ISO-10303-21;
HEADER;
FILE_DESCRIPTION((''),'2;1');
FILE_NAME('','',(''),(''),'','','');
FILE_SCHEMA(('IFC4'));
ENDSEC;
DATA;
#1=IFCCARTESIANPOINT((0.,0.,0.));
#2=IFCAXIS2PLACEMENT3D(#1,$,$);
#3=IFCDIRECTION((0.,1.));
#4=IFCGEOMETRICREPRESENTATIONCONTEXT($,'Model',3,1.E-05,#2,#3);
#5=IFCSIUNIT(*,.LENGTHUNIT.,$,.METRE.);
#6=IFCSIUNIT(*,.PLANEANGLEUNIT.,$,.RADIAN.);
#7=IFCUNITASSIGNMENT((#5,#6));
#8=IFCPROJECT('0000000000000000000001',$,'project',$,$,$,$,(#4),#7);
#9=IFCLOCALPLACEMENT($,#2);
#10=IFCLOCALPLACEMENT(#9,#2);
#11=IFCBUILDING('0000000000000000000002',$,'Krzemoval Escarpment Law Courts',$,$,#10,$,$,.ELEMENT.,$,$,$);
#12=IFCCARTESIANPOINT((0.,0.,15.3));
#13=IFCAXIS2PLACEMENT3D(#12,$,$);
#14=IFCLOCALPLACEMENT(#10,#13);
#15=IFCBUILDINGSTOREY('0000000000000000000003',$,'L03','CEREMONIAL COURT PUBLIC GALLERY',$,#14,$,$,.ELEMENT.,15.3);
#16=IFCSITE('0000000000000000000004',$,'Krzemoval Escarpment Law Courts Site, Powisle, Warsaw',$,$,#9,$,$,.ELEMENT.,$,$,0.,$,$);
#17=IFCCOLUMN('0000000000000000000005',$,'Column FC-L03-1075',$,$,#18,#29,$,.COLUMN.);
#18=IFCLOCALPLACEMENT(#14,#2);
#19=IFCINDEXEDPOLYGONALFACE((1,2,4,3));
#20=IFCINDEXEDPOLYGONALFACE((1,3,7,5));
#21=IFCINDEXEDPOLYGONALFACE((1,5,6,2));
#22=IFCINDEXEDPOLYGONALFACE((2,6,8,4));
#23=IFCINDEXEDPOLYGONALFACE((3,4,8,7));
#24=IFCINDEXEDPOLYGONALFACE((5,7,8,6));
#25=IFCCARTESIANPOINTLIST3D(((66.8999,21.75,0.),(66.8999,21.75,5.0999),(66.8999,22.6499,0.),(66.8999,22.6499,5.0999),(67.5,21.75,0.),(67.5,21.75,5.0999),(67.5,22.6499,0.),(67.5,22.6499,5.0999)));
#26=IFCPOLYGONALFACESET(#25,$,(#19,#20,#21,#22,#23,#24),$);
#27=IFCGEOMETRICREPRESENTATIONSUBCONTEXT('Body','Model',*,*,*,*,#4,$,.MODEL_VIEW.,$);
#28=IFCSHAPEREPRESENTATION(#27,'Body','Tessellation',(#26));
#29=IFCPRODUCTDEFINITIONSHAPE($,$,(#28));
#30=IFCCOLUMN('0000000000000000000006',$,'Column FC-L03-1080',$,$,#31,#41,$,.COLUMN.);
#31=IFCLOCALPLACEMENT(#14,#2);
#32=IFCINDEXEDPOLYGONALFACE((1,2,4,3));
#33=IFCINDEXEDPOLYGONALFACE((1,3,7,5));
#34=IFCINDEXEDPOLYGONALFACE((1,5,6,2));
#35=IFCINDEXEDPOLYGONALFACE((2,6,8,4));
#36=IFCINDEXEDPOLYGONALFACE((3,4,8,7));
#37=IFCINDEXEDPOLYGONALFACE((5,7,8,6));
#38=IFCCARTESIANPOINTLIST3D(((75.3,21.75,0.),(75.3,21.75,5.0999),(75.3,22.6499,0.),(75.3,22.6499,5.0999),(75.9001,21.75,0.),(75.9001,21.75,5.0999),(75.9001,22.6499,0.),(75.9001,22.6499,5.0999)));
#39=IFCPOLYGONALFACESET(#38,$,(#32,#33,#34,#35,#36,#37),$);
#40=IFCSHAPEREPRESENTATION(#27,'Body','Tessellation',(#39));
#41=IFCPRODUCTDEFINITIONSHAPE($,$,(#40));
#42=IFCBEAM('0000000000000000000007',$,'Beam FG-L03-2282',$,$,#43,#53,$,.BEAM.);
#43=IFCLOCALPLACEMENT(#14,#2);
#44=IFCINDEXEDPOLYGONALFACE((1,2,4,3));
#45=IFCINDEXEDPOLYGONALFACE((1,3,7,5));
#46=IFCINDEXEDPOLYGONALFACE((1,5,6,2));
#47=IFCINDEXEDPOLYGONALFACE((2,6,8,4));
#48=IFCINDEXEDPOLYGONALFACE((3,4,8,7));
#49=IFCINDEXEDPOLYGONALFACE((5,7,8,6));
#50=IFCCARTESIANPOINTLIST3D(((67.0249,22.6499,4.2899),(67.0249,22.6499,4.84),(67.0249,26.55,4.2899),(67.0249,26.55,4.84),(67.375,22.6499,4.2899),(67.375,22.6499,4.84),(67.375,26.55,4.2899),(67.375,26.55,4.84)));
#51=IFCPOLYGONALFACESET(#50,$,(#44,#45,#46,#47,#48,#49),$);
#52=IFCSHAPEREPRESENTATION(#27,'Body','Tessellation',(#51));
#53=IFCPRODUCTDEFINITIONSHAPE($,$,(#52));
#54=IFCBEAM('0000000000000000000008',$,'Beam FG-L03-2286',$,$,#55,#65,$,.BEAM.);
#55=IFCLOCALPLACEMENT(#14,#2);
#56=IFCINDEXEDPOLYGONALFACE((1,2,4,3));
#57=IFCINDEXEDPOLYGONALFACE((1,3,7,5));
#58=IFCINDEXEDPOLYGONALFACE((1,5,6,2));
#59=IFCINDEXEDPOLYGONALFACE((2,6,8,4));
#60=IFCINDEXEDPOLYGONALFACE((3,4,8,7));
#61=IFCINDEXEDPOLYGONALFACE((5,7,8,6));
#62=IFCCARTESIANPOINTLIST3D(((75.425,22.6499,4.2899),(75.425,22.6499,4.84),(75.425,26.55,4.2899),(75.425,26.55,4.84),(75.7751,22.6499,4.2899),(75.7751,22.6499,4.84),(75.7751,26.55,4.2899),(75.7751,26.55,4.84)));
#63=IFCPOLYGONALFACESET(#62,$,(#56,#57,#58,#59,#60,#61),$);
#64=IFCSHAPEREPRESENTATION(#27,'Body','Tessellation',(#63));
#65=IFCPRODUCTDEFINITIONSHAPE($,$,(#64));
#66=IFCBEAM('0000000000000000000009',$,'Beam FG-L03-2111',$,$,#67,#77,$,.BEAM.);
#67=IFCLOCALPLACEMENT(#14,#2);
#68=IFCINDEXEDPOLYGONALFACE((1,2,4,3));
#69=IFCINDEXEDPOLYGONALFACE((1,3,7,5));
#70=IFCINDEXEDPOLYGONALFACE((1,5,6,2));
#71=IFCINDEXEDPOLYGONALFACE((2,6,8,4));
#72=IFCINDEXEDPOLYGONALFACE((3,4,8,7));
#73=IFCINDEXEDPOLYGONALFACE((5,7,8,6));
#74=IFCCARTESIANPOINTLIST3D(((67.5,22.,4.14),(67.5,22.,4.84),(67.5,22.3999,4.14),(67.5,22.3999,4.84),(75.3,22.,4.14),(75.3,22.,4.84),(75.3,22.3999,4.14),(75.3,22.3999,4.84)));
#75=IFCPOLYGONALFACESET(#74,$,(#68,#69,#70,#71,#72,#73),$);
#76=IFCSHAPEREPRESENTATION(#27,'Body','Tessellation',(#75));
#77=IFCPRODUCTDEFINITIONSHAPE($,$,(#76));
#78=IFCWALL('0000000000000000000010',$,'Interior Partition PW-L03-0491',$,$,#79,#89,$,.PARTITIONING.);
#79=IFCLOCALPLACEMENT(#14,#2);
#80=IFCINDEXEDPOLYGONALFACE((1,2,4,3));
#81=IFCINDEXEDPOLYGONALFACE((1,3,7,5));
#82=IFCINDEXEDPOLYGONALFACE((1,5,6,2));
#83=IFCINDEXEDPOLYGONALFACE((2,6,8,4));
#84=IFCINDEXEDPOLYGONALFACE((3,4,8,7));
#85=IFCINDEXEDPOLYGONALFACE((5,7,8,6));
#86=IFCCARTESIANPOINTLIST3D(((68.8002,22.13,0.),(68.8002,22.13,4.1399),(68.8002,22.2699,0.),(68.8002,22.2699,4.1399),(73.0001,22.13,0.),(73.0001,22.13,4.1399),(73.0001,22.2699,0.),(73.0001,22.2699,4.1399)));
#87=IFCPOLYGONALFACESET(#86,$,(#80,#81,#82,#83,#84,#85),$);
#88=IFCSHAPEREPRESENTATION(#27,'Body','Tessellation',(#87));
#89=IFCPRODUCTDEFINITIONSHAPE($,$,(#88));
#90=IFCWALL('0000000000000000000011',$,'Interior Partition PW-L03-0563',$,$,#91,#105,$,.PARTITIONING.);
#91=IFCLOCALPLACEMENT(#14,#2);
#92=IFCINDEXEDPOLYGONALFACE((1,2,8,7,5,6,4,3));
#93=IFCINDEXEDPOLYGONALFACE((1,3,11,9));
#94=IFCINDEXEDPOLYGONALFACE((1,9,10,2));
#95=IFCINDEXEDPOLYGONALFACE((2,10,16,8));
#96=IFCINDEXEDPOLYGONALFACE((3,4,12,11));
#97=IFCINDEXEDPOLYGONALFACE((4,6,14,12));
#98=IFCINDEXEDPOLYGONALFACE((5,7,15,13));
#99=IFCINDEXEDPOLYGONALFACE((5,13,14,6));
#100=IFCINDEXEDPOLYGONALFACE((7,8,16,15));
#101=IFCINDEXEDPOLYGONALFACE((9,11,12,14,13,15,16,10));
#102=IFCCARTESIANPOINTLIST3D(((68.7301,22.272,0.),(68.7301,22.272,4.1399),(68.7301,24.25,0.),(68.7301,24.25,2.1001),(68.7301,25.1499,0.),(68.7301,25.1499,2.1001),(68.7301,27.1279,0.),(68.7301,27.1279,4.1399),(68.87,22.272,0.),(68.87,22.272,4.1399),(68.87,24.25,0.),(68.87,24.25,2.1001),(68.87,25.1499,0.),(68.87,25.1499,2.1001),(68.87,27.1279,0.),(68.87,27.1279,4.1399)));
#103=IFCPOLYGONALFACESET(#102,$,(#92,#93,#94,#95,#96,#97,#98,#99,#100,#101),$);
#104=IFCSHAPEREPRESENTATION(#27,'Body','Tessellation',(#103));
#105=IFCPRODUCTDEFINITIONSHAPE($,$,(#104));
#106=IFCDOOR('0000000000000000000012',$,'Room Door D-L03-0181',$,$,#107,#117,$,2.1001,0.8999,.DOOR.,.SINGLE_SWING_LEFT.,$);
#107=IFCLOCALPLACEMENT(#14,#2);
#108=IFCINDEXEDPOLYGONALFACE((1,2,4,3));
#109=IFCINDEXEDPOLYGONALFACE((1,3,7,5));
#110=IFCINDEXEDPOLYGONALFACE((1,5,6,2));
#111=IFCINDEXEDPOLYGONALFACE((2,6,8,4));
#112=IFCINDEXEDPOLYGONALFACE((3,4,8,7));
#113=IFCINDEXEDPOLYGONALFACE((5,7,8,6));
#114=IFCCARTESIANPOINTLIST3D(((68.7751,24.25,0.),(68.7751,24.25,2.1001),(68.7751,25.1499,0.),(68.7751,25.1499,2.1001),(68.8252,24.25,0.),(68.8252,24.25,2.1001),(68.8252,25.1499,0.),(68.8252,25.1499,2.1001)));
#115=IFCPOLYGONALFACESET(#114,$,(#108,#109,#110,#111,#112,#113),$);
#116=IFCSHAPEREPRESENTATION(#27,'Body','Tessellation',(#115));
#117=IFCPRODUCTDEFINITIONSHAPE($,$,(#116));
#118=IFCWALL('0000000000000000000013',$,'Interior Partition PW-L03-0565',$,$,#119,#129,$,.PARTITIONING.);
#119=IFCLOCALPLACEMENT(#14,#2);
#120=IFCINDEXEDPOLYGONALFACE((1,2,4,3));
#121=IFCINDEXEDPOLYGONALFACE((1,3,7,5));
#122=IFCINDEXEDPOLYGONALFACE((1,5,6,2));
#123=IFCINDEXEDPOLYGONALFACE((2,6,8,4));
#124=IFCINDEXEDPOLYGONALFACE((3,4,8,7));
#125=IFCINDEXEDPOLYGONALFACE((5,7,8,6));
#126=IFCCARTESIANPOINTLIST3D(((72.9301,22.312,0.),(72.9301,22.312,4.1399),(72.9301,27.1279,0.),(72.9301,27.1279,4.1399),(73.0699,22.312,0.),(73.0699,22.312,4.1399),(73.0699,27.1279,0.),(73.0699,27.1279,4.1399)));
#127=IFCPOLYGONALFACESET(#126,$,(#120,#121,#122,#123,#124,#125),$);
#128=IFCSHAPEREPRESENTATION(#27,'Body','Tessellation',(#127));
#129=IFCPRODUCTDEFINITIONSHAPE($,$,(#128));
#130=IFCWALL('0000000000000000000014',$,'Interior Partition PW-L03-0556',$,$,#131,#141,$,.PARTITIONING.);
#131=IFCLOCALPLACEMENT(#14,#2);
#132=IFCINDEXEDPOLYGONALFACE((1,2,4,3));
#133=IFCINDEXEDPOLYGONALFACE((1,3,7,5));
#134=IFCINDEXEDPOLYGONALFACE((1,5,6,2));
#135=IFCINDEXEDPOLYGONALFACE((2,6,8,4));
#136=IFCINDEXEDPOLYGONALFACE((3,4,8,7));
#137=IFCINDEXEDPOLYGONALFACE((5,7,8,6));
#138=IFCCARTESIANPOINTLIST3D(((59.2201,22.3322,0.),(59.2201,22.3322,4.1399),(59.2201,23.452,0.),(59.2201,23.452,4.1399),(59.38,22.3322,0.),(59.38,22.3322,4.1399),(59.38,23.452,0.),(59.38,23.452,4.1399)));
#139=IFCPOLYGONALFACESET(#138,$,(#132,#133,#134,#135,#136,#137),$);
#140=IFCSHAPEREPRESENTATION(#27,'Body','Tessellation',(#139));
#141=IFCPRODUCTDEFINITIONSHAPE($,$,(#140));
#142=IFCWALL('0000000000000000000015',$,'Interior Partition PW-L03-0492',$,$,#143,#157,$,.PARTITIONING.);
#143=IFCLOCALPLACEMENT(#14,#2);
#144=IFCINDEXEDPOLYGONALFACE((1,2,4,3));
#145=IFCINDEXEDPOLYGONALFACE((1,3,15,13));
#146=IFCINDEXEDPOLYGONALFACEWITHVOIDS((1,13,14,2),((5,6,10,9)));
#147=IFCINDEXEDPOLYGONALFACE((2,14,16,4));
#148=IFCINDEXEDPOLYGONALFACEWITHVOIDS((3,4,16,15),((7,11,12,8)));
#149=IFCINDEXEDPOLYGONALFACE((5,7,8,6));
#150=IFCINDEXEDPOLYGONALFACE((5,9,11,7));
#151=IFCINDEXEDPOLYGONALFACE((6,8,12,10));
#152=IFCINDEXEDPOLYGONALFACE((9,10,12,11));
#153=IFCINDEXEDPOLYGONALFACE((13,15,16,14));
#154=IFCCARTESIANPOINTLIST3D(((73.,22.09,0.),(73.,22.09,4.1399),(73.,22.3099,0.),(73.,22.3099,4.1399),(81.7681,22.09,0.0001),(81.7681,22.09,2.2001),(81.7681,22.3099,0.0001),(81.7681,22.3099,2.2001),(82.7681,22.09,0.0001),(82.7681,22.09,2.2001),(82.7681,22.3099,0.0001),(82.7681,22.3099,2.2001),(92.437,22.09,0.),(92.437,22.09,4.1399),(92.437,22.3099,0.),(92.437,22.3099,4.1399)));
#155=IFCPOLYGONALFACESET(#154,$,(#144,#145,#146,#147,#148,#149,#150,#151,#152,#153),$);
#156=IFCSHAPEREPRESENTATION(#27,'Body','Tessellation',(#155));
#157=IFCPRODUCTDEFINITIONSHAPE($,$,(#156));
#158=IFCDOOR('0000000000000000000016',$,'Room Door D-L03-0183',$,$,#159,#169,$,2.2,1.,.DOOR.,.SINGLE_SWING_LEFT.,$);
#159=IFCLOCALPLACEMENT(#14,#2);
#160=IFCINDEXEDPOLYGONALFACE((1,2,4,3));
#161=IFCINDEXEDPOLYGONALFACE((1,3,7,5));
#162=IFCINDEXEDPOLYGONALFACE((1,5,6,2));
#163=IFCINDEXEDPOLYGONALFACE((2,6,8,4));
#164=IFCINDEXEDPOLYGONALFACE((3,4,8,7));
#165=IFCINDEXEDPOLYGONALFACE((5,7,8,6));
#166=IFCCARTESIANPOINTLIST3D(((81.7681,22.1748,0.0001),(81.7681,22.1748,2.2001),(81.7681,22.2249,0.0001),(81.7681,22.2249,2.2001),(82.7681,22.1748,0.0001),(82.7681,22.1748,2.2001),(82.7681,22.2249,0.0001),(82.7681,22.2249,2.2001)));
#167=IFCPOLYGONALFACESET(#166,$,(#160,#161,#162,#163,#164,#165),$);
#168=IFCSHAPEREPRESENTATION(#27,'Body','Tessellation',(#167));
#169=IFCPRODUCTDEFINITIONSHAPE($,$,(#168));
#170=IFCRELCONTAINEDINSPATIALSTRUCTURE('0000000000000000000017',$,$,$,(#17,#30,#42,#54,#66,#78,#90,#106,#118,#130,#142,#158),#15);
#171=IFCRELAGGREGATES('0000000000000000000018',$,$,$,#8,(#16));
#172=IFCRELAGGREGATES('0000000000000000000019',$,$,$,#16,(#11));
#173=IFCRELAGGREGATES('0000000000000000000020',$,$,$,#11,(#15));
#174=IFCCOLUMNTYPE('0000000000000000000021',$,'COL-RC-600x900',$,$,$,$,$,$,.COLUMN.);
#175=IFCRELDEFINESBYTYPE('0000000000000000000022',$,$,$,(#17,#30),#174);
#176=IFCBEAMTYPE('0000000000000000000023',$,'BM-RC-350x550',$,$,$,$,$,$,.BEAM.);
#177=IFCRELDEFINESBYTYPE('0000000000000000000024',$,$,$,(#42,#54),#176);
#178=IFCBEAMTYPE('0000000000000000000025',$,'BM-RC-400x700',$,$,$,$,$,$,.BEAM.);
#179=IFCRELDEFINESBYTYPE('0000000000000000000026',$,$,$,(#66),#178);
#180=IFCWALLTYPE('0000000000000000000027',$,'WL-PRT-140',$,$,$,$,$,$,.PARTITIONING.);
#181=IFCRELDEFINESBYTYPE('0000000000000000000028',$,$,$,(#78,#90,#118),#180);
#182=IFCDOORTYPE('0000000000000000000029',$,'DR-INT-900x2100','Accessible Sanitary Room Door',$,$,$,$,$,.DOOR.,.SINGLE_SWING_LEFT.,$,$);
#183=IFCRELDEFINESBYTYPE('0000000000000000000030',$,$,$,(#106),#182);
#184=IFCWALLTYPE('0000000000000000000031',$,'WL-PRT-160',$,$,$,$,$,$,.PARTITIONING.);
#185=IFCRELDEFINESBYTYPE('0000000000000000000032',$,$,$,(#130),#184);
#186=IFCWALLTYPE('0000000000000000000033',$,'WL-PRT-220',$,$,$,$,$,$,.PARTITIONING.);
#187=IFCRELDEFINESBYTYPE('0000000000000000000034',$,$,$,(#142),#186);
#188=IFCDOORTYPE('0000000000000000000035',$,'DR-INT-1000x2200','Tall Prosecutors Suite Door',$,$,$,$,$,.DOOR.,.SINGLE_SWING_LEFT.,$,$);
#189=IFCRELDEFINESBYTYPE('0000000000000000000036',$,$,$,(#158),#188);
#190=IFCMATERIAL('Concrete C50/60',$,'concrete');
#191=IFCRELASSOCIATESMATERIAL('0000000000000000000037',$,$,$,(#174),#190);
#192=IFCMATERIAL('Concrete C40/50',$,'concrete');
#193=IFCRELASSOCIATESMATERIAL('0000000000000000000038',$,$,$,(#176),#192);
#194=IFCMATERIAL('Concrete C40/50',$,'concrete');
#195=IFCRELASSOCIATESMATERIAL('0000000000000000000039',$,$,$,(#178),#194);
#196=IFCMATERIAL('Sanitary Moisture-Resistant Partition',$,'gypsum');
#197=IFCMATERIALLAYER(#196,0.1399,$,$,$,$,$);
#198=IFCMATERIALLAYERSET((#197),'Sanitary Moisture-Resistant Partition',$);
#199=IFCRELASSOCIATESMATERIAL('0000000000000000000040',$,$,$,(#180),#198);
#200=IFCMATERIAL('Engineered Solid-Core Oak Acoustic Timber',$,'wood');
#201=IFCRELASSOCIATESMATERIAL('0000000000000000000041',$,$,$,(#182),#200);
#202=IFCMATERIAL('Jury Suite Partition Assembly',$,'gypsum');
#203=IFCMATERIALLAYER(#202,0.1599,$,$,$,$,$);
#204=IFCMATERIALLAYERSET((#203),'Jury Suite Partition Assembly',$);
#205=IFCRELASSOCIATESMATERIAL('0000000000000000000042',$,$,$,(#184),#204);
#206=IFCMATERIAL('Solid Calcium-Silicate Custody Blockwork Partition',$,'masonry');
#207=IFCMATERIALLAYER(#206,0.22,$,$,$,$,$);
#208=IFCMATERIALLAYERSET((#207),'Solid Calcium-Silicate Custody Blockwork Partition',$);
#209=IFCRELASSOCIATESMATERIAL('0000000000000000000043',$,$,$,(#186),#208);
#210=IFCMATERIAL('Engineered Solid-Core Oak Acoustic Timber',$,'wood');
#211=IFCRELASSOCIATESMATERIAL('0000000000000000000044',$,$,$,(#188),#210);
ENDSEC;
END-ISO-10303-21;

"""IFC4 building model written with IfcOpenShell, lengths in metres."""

from ifc_helpers import new_model, si_unit, direction, frame, frame_2d, origin, origin_2d, place, context, subcontext, project, spatial, rectangle, extrude, material, layer, layer_set, material_profile, profile_set, type_object, element, fill, save


model = new_model("IFC4")

# Units and contexts
model_context = context("Model", 3, precision=1e-05, world=origin(), true_north=direction((0.0, 1.0)))
body_context = subcontext(model_context, "Body", "Model", "MODEL_VIEW")
ifc_project = project(units=[si_unit("LENGTHUNIT", "METRE"), si_unit("PLANEANGLEUNIT", "RADIAN")], contexts=[model_context])

# Site, building, storey
site_placement = place(None, origin())
site = spatial("IfcSite", under=ifc_project, at=site_placement, Name="Krzemoval Escarpment Law Courts Site, Powisle, Warsaw", CompositionType="ELEMENT", RefElevation=0.0)
building_placement = place(site_placement, origin())
building = spatial("IfcBuilding", under=site, at=building_placement, Name="Krzemoval Escarpment Law Courts", CompositionType="ELEMENT")
storey_placement = place(building_placement, frame((0.0, 0.0, 15.3)))
storey = spatial("IfcBuildingStorey", under=building, at=storey_placement, Name="L03", Description="CEREMONIAL COURT PUBLIC GALLERY", CompositionType="ELEMENT", Elevation=15.3)

# Columns
ifc_material_1 = material(Name="Concrete C50/60", Category="concrete")
ifc_material_profile_1 = material_profile(ifc_material_1, rectangle(XDim=0.6001, YDim=0.8999, at=origin_2d()), Name="RC 600x900")
ifc_profile_set_1 = profile_set([ifc_material_profile_1], Name="Concrete C50/60")
column_type = type_object("IfcColumnType", Name="COL-RC-600x900", PredefinedType="COLUMN", material=ifc_profile_set_1)
for number, where, z_axis, x_axis, name in (
    (1, (67.2, 22.2, 0.0), (0.0, 0.0, 1.0), (1.0, 0.0, 0.0), "Column FC-L03-1075"),
    (2, (75.6001, 22.2, 0.0), (0.0, 0.0, 1.0), (1.0, 0.0, 0.0), "Column FC-L03-1080"),
):
    element("IfcColumn", number, at=place(storey_placement, frame(where, z_axis=z_axis, x_axis=x_axis)), inside=storey, type_object=column_type, Name=name, PredefinedType="COLUMN", context=body_context, shape_type="SweptSolid", body=[
        extrude(rectangle(XDim=0.6001, YDim=0.8999, at=origin_2d()), origin(), (0.0, 0.0, 1.0), 5.0999),
    ])

# Beams
ifc_material_2 = material(Name="Concrete C40/50", Category="concrete")
ifc_material_profile_2 = material_profile(ifc_material_2, rectangle(XDim=0.3501, YDim=0.55, at=origin_2d()), Name="RCB 350x550")
ifc_profile_set_2 = profile_set([ifc_material_profile_2], Name="Concrete C40/50")
beam_type_1 = type_object("IfcBeamType", Name="BM-RC-350x550", PredefinedType="BEAM", material=ifc_profile_set_2)
for number, where, z_axis, x_axis, name in (
    (3, (67.2, 22.6499, 4.5649), (0.0, 1.0, 0.0), (-1.0, 0.0, 0.0), "Beam FG-L03-2282"),
    (4, (75.6001, 22.6499, 4.5649), (0.0, 1.0, 0.0), (-1.0, 0.0, 0.0), "Beam FG-L03-2286"),
):
    element("IfcBeam", number, at=place(storey_placement, frame(where, z_axis=z_axis, x_axis=x_axis)), inside=storey, type_object=beam_type_1, Name=name, PredefinedType="BEAM", context=body_context, shape_type="SweptSolid", body=[
        extrude(rectangle(XDim=0.3501, YDim=0.55, at=origin_2d()), origin(), (0.0, 0.0, 1.0), 3.9001),
    ])
ifc_material_3 = material(Name="Concrete C40/50", Category="concrete")
ifc_material_profile_3 = material_profile(ifc_material_3, rectangle(XDim=0.3999, YDim=0.7, at=origin_2d()), Name="RCB 400x700")
ifc_profile_set_3 = profile_set([ifc_material_profile_3], Name="Concrete C40/50")
beam_type_2 = type_object("IfcBeamType", Name="BM-RC-400x700", PredefinedType="BEAM", material=ifc_profile_set_3)
beam_placement = place(storey_placement, frame((67.5, 22.2, 4.49), z_axis=(1.0, 0.0, 0.0), x_axis=(0.0, 1.0, 0.0)))
element("IfcBeam", 5, at=beam_placement, inside=storey, type_object=beam_type_2, Name="Beam FG-L03-2111", PredefinedType="BEAM", context=body_context, shape_type="SweptSolid", body=[
    extrude(rectangle(XDim=0.3999, YDim=0.7, at=origin_2d()), origin(), (0.0, 0.0, 1.0), 7.8),
])

# Wall
ifc_material_4 = material(Name="Sanitary Moisture-Resistant Partition", Category="gypsum")
ifc_layer_1 = layer(ifc_material_4, 0.1399)
ifc_layer_set_1 = layer_set([ifc_layer_1], Name="Sanitary Moisture-Resistant Partition")
wall_type_1 = type_object("IfcWallType", Name="WL-PRT-140", PredefinedType="PARTITIONING", material=ifc_layer_set_1)
wall_1_placement = place(storey_placement, frame((68.8, 22.2, 0.0), z_axis=(0.0, 0.0, 1.0), x_axis=(1.0, 0.0, 0.0)))
element("IfcWall", 6, at=wall_1_placement, inside=storey, type_object=wall_type_1, Name="Interior Partition PW-L03-0491", PredefinedType="PARTITIONING", context=body_context, shape_type="SweptSolid", body=[
    extrude(rectangle(XDim=4.2, YDim=0.1399, at=frame_2d((2.1001, 0.0))), origin(), (0.0, 0.0, 1.0), 4.1399),
])

# Wall, opening, door
wall_2_placement = place(storey_placement, frame((68.8, 22.272, 0.0), z_axis=(0.0, 0.0, 1.0), x_axis=(0.0, 1.0, 0.0)))
wall_2 = element("IfcWall", 7, at=wall_2_placement, inside=storey, type_object=wall_type_1, Name="Interior Partition PW-L03-0563", PredefinedType="PARTITIONING", context=body_context, shape_type="SweptSolid", body=[
    extrude(rectangle(XDim=4.856, YDim=0.1399, at=frame_2d((2.428, 0.0))), origin(), (0.0, 0.0, 1.0), 4.1399),
])
opening_1_placement = place(wall_2_placement, frame((1.978, 0.0, 0.0)))
opening_1 = element("IfcOpeningElement", 8, at=opening_1_placement, cuts=wall_2, PredefinedType="OPENING", context=body_context, shape_type="SweptSolid", body=[
    extrude(rectangle(XDim=0.8999, YDim=2.1001, at=frame_2d((0.45, 1.05))), frame((0.0, 0.0849, 0.0), z_axis=(0.0, -1.0, 0.0), x_axis=(1.0, 0.0, 0.0)), (0.0, 0.0, 1.0), 0.1699),
])
ifc_material_5 = material(Name="Engineered Solid-Core Oak Acoustic Timber", Category="wood")
door_type_1 = type_object("IfcDoorType", Name="DR-INT-900x2100", Description="Accessible Sanitary Room Door", OperationType="SINGLE_SWING_LEFT", PredefinedType="DOOR", material=ifc_material_5)
door_1_placement = place(opening_1_placement, origin())
door_1 = element("IfcDoor", 9, at=door_1_placement, inside=storey, type_object=door_type_1, Name="Room Door D-L03-0181", OperationType="SINGLE_SWING_LEFT", OverallHeight=2.1001, OverallWidth=0.8999, PredefinedType="DOOR", context=body_context, shape_type="SweptSolid", body=[
    extrude(rectangle(XDim=0.8999, YDim=2.1001, at=frame_2d((0.45, 1.05))), frame((0.0, 0.0249, 0.0), z_axis=(0.0, -1.0, 0.0), x_axis=(1.0, 0.0, 0.0)), (0.0, 0.0, 1.0), 0.05),
])
fill(opening_1, door_1)

# Walls
wall_3_placement = place(storey_placement, frame((73.0, 22.312, 0.0), z_axis=(0.0, 0.0, 1.0), x_axis=(0.0, 1.0, 0.0)))
element("IfcWall", 10, at=wall_3_placement, inside=storey, type_object=wall_type_1, Name="Interior Partition PW-L03-0565", PredefinedType="PARTITIONING", context=body_context, shape_type="SweptSolid", body=[
    extrude(rectangle(XDim=4.8159, YDim=0.1399, at=frame_2d((2.408, 0.0))), origin(), (0.0, 0.0, 1.0), 4.1399),
])
ifc_material_6 = material(Name="Jury Suite Partition Assembly", Category="gypsum")
ifc_layer_2 = layer(ifc_material_6, 0.1599)
ifc_layer_set_2 = layer_set([ifc_layer_2], Name="Jury Suite Partition Assembly")
wall_type_2 = type_object("IfcWallType", Name="WL-PRT-160", PredefinedType="PARTITIONING", material=ifc_layer_set_2)
wall_4_placement = place(storey_placement, frame((59.3, 22.332, 0.0), z_axis=(0.0, 0.0, 1.0), x_axis=(0.0, 1.0, 0.0)))
element("IfcWall", 11, at=wall_4_placement, inside=storey, type_object=wall_type_2, Name="Interior Partition PW-L03-0556", PredefinedType="PARTITIONING", context=body_context, shape_type="SweptSolid", body=[
    extrude(rectangle(XDim=1.1199, YDim=0.1599, at=frame_2d((0.5601, 0.0))), origin(), (0.0, 0.0, 1.0), 4.1399),
])

# Wall, opening, door
ifc_material_7 = material(Name="Solid Calcium-Silicate Custody Blockwork Partition", Category="masonry")
ifc_layer_3 = layer(ifc_material_7, 0.22)
ifc_layer_set_3 = layer_set([ifc_layer_3], Name="Solid Calcium-Silicate Custody Blockwork Partition")
wall_type_3 = type_object("IfcWallType", Name="WL-PRT-220", PredefinedType="PARTITIONING", material=ifc_layer_set_3)
wall_5_placement = place(storey_placement, frame((73.0, 22.2, 0.0), z_axis=(0.0, 0.0, 1.0), x_axis=(1.0, 0.0, 0.0)))
wall_5 = element("IfcWall", 12, at=wall_5_placement, inside=storey, type_object=wall_type_3, Name="Interior Partition PW-L03-0492", PredefinedType="PARTITIONING", context=body_context, shape_type="SweptSolid", body=[
    extrude(rectangle(XDim=19.437, YDim=0.22, at=frame_2d((9.7185, 0.0))), origin(), (0.0, 0.0, 1.0), 4.1399),
])
opening_2_placement = place(wall_5_placement, frame((8.7681, 0.0, 0.0)))
opening_2 = element("IfcOpeningElement", 13, at=opening_2_placement, cuts=wall_5, PredefinedType="OPENING", context=body_context, shape_type="SweptSolid", body=[
    extrude(rectangle(XDim=1.0, YDim=2.2, at=frame_2d((0.5, 1.1001))), frame((0.0, 0.125, 0.0), z_axis=(0.0, -1.0, 0.0), x_axis=(1.0, 0.0, 0.0)), (0.0, 0.0, 1.0), 0.25),
])
ifc_material_8 = material(Name="Engineered Solid-Core Oak Acoustic Timber", Category="wood")
door_type_2 = type_object("IfcDoorType", Name="DR-INT-1000x2200", Description="Tall Prosecutors Suite Door", OperationType="SINGLE_SWING_LEFT", PredefinedType="DOOR", material=ifc_material_8)
door_2_placement = place(opening_2_placement, origin())
door_2 = element("IfcDoor", 14, at=door_2_placement, inside=storey, type_object=door_type_2, Name="Room Door D-L03-0183", OperationType="SINGLE_SWING_LEFT", OverallHeight=2.2, OverallWidth=1.0, PredefinedType="DOOR", context=body_context, shape_type="SweptSolid", body=[
    extrude(rectangle(XDim=1.0, YDim=2.2, at=frame_2d((0.5, 1.1001))), frame((0.0, 0.0249, 0.0), z_axis=(0.0, -1.0, 0.0), x_axis=(1.0, 0.0, 0.0)), (0.0, 0.0, 1.0), 0.05),
])
fill(opening_2, door_2)

save(model, "model.ifc")
